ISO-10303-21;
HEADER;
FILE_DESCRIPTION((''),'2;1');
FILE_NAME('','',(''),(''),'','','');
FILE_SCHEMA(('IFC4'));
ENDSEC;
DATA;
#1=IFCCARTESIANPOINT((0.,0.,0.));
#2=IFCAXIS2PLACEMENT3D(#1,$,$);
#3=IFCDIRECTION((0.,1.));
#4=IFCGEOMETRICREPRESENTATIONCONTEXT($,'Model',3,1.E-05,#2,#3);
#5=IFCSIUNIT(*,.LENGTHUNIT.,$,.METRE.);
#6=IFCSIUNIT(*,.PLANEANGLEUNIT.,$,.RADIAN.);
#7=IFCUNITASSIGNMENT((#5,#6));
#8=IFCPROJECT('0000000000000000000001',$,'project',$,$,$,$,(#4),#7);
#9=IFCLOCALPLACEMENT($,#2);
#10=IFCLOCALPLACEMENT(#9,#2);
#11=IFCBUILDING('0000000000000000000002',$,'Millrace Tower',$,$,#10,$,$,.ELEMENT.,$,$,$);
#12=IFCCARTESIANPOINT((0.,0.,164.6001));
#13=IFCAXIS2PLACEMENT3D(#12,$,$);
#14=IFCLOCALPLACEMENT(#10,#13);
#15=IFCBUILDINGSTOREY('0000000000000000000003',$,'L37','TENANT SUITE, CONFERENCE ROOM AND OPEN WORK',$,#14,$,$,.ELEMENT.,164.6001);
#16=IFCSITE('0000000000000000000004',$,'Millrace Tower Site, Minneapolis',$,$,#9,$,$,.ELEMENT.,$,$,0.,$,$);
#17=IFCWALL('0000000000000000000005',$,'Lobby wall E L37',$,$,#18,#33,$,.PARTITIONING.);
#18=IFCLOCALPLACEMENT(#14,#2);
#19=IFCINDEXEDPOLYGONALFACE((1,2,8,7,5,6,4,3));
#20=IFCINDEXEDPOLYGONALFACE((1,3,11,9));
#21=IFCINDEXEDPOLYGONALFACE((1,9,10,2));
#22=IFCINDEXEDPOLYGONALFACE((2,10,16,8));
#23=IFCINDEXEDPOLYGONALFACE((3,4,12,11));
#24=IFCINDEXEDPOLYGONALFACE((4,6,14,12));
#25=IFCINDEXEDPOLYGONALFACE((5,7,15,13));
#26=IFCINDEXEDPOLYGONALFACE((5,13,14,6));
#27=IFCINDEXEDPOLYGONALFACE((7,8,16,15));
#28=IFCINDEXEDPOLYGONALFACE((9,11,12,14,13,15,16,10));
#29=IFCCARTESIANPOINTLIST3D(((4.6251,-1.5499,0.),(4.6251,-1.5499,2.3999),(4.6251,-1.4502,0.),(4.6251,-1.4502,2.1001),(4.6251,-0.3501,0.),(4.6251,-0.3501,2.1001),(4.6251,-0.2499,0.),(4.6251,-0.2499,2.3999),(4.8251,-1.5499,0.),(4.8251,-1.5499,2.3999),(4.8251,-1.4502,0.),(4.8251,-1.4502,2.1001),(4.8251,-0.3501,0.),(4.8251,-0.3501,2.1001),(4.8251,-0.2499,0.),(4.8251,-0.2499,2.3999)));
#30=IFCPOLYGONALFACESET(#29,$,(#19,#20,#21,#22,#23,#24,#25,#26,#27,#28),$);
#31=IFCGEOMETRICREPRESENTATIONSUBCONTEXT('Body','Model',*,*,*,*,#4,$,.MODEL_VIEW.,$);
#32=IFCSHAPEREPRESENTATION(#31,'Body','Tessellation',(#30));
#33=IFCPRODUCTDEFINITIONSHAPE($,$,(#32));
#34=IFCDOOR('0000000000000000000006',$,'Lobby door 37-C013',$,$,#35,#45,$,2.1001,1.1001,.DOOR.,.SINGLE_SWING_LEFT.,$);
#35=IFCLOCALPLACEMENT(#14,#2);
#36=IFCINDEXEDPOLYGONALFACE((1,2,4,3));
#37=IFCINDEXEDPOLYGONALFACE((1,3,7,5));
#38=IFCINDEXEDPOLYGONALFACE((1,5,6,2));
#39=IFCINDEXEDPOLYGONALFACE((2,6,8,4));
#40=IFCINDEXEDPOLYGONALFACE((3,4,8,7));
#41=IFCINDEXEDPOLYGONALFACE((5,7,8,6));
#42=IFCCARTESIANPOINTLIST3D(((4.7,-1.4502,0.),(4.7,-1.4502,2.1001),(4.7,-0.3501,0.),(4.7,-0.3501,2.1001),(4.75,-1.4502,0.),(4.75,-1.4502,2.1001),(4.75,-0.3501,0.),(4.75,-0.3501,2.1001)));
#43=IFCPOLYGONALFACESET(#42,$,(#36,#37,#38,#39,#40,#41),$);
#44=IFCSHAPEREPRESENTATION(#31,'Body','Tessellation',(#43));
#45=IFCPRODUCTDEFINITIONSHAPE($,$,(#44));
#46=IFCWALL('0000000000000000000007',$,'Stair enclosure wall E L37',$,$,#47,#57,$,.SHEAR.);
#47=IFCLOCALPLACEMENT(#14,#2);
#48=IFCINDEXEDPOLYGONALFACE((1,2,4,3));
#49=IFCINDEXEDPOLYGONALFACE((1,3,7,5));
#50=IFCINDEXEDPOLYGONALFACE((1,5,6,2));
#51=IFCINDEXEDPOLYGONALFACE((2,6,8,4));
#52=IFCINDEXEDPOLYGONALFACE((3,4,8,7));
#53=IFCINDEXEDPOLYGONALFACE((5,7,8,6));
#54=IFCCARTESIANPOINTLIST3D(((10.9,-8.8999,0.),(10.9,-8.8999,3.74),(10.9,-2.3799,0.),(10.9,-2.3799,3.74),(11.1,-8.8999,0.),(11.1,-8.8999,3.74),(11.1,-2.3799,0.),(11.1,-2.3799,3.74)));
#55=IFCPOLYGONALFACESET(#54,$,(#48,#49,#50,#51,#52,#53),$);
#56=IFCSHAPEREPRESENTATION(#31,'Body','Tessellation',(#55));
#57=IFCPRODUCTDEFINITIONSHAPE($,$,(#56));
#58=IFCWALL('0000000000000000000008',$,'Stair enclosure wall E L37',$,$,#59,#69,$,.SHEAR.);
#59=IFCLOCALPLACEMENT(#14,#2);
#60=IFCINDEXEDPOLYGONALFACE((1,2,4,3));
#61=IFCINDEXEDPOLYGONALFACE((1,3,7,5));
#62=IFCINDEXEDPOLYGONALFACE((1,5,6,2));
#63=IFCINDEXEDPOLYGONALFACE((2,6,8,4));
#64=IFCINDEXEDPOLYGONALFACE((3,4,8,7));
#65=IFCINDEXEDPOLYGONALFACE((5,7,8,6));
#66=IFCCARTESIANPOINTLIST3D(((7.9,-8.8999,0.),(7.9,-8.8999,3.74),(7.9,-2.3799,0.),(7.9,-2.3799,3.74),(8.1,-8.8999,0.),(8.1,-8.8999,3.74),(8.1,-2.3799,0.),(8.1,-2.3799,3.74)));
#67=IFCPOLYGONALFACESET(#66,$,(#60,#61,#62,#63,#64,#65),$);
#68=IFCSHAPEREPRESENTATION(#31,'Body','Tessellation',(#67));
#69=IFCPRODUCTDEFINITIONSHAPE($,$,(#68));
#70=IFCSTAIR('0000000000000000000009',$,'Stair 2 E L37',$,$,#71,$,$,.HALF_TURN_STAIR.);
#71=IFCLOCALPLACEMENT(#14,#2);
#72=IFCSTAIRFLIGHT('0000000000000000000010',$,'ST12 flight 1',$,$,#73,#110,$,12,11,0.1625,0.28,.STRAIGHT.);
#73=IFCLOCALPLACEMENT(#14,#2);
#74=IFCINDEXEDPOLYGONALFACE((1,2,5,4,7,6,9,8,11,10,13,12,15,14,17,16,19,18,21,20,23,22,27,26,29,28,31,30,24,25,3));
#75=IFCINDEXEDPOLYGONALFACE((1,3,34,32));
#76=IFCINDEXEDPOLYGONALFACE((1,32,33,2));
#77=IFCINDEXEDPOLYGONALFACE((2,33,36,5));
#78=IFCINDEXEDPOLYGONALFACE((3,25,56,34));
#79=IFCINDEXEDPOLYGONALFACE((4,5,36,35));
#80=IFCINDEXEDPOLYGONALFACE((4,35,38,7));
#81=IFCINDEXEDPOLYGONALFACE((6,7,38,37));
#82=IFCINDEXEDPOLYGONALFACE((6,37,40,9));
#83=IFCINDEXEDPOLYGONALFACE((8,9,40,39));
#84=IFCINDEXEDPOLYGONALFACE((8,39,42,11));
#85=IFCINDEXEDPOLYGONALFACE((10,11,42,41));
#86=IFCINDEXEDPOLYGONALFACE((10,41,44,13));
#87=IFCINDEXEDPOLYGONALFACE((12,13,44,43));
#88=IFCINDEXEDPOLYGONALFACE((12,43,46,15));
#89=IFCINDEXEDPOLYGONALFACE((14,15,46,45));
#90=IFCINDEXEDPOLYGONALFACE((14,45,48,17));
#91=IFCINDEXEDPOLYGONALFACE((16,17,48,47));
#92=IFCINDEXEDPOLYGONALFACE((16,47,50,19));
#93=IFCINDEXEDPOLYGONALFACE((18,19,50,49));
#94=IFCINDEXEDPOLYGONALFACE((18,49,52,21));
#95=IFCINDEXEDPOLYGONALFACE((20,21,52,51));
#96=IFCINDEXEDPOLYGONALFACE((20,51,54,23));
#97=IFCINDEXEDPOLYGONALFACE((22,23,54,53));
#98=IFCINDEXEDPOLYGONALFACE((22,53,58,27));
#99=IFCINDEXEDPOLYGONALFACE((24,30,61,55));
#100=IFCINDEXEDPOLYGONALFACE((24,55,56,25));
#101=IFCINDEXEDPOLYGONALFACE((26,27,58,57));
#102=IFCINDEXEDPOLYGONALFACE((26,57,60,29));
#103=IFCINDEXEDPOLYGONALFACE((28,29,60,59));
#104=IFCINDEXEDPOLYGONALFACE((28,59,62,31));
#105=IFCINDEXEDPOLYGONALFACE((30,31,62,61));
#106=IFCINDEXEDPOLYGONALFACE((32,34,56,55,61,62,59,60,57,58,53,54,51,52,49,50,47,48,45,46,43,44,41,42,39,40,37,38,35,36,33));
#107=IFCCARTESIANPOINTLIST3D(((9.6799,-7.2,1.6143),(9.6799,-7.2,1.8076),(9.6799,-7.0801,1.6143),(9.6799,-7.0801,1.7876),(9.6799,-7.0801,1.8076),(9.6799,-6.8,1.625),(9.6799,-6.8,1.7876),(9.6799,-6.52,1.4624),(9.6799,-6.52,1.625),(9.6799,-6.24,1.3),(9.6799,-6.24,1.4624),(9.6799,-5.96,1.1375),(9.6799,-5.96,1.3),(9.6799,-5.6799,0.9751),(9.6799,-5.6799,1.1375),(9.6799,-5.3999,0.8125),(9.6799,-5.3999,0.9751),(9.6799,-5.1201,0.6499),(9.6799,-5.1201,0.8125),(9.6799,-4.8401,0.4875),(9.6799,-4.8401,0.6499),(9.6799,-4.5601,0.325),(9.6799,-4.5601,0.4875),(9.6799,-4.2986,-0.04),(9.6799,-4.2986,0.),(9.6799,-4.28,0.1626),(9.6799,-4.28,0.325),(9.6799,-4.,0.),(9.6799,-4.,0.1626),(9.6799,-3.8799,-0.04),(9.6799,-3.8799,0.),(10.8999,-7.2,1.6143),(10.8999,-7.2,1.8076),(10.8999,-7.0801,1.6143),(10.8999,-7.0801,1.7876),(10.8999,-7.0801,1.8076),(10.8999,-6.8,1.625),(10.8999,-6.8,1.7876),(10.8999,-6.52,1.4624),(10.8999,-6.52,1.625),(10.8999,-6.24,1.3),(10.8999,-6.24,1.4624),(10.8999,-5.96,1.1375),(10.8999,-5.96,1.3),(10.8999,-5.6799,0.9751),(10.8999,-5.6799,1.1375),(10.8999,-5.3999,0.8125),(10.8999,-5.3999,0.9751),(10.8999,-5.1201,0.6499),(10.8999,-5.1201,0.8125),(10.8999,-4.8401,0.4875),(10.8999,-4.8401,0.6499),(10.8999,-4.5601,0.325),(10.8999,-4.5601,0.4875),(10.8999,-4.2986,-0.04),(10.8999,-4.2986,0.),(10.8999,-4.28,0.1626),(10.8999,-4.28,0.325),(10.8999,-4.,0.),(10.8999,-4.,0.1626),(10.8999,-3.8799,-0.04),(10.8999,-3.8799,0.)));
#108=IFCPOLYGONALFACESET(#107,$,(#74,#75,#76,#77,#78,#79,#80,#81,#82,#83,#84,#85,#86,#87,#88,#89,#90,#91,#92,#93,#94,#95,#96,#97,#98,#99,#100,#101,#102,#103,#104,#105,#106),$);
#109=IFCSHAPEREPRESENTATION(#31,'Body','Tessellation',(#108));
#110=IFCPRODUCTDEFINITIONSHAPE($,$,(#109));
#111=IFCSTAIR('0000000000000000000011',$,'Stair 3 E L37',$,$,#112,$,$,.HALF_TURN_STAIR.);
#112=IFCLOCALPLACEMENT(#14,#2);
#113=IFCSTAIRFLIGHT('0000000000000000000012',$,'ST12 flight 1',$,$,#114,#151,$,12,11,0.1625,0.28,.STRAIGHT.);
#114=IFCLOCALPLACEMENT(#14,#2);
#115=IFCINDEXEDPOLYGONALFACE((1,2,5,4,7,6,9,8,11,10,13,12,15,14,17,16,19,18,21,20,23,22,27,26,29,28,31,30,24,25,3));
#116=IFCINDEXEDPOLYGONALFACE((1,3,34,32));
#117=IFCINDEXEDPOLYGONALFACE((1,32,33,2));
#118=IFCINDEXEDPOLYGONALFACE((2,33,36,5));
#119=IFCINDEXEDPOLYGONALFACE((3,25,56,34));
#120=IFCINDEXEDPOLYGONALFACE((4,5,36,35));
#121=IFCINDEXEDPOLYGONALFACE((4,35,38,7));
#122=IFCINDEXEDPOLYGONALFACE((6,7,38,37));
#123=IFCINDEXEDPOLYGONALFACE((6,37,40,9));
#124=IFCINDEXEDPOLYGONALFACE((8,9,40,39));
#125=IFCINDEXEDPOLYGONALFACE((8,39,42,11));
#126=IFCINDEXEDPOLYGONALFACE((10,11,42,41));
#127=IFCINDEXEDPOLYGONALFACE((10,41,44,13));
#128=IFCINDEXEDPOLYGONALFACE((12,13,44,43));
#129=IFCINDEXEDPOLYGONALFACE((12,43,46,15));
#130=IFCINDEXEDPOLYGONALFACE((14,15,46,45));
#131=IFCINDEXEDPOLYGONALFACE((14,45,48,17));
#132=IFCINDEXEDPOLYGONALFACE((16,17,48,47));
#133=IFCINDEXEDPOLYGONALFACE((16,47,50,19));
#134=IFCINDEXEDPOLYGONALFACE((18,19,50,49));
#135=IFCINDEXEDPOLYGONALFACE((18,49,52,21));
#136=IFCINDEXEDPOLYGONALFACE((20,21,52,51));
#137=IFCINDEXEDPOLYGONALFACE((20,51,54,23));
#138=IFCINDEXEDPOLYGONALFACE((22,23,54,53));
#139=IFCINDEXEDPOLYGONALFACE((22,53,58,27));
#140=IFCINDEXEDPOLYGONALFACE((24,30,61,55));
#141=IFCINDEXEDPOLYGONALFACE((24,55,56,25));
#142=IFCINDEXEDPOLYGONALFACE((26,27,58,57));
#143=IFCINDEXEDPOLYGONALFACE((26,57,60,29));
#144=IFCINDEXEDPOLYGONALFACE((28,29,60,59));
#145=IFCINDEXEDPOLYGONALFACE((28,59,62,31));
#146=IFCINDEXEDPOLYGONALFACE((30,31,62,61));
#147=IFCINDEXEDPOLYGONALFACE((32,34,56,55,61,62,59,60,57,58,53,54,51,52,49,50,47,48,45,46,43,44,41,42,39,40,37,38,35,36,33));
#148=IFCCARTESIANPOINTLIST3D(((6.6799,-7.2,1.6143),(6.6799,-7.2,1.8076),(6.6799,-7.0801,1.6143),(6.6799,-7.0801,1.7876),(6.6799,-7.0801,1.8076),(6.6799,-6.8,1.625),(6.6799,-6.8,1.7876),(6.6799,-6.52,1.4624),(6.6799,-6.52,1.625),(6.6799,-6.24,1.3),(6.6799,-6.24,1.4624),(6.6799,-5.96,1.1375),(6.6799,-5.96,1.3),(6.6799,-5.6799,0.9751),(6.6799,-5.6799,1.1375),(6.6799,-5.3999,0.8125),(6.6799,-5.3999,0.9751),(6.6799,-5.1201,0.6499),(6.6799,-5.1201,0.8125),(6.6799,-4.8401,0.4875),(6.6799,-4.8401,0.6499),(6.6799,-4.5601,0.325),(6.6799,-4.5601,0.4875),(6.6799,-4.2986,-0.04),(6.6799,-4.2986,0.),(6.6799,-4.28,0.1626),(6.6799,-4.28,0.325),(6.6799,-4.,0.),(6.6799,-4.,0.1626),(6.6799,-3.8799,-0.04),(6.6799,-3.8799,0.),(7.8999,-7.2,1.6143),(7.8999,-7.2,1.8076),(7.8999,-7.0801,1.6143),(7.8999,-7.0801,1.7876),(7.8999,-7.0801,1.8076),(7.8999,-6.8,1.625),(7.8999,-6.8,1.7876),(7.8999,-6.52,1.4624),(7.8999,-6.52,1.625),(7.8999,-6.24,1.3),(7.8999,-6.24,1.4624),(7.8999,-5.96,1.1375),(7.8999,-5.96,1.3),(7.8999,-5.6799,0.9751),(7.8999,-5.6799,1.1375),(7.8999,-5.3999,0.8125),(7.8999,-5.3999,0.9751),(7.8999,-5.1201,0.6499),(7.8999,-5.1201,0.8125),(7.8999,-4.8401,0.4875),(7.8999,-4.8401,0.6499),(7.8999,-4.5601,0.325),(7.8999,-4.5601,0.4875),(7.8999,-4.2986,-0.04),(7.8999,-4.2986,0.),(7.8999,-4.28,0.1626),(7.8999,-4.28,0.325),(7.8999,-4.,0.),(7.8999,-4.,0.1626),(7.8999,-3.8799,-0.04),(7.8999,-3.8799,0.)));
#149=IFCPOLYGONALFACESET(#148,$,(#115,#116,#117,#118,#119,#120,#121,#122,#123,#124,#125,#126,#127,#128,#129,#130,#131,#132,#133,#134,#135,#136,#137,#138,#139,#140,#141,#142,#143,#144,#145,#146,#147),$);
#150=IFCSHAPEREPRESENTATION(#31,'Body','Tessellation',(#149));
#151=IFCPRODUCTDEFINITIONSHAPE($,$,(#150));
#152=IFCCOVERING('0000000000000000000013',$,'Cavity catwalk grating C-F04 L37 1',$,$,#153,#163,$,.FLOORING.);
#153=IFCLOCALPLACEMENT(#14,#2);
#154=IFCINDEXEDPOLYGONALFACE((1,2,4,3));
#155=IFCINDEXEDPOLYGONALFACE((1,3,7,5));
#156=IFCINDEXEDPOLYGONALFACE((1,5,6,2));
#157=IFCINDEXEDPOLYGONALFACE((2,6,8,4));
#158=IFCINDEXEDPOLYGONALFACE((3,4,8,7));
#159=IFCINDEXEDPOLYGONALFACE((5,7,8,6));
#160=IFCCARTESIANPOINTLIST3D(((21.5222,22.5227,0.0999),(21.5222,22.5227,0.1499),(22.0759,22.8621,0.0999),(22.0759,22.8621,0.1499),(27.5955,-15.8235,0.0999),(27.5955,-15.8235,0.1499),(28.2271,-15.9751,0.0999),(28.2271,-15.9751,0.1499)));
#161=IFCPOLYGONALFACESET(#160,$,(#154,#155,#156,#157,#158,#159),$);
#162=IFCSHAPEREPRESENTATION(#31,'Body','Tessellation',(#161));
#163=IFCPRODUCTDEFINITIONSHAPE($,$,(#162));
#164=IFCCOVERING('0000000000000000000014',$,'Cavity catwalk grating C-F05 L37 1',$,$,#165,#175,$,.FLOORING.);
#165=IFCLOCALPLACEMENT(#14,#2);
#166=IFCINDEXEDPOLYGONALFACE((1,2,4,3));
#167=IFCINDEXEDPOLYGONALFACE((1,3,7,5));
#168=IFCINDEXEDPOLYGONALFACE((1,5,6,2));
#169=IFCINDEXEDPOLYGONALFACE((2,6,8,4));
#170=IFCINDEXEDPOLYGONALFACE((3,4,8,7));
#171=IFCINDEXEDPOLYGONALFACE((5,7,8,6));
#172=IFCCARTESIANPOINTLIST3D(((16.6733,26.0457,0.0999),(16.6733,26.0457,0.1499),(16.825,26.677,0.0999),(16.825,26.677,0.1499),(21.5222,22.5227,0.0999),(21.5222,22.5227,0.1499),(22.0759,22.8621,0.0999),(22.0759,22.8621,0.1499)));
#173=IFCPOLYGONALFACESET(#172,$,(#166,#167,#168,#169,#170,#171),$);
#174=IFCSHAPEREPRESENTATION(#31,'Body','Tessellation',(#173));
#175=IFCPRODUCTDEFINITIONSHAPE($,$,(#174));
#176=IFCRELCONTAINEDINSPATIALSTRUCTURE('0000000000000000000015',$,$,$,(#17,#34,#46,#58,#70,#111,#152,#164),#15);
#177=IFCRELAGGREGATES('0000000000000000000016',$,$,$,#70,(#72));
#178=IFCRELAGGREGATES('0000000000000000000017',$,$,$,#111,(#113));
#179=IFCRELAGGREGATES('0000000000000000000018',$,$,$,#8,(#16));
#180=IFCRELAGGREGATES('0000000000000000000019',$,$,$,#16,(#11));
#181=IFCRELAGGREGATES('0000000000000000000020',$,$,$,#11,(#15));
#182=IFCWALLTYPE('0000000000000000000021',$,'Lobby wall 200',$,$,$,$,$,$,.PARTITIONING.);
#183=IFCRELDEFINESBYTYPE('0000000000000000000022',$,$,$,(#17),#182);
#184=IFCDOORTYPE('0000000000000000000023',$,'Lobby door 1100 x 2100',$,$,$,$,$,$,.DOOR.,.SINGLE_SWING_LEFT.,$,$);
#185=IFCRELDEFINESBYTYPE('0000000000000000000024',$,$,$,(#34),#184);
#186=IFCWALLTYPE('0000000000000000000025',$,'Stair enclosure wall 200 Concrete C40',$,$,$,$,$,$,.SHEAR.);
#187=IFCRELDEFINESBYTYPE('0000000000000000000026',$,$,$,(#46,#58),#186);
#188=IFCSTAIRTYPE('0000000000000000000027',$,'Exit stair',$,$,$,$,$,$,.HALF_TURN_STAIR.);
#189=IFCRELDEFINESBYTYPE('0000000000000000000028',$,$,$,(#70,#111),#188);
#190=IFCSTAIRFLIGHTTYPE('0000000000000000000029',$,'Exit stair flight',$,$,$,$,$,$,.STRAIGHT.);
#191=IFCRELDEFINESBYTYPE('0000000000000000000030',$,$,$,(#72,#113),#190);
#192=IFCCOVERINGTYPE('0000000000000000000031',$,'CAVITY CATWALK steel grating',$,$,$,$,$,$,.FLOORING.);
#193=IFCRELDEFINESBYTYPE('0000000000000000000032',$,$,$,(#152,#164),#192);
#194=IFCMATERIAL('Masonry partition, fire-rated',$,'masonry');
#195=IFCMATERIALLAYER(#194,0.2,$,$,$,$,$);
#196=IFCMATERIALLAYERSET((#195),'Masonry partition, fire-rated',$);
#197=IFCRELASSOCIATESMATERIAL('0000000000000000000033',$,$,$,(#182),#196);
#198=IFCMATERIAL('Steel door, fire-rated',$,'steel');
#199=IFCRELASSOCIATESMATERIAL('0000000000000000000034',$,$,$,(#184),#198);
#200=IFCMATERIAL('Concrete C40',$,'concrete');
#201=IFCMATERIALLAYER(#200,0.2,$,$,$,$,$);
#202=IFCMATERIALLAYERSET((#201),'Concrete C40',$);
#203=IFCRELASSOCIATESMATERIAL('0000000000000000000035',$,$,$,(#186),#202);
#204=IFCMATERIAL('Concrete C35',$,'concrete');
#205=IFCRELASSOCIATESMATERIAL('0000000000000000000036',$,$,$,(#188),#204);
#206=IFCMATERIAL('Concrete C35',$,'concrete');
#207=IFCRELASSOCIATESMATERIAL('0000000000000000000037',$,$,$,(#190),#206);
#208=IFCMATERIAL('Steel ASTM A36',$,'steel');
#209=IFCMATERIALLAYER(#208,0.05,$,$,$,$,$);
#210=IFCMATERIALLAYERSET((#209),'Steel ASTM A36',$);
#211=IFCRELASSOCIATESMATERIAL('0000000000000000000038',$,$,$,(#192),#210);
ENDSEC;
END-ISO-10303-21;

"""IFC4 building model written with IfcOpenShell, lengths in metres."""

from ifc_helpers import new_model, si_unit, direction, frame, frame_2d, origin, place, context, subcontext, project, spatial, polyline, rectangle, outline, extrude, material, layer, layer_set, type_object, element, fill, aggregate, save


model = new_model("IFC4")

# Units and contexts
model_context = context("Model", 3, precision=1e-05, world=origin(), true_north=direction((0.0, 1.0)))
body_context = subcontext(model_context, "Body", "Model", "MODEL_VIEW")
ifc_project = project(units=[si_unit("LENGTHUNIT", "METRE"), si_unit("PLANEANGLEUNIT", "RADIAN")], contexts=[model_context])

# Site, building, storey
site_placement = place(None, origin())
site = spatial("IfcSite", under=ifc_project, at=site_placement, Name="Millrace Tower Site, Minneapolis", CompositionType="ELEMENT", RefElevation=0.0)
building_placement = place(site_placement, origin())
building = spatial("IfcBuilding", under=site, at=building_placement, Name="Millrace Tower", CompositionType="ELEMENT")
storey_placement = place(building_placement, frame((0.0, 0.0, 164.6001)))
storey = spatial("IfcBuildingStorey", under=building, at=storey_placement, Name="L37", Description="TENANT SUITE, CONFERENCE ROOM AND OPEN WORK", CompositionType="ELEMENT", Elevation=164.6001)

# Shared definitions
placement_1 = place(storey_placement, origin())

# Wall, opening, door
ifc_material_1 = material(Name="Masonry partition, fire-rated", Category="masonry")
ifc_layer_1 = layer(ifc_material_1, 0.2)
ifc_layer_set_1 = layer_set([ifc_layer_1], Name="Masonry partition, fire-rated")
wall_type_1 = type_object("IfcWallType", Name="Lobby wall 200", PredefinedType="PARTITIONING", material=ifc_layer_set_1)
wall_1_placement = place(storey_placement, frame((4.7251, -0.25, 0.0), z_axis=(0.0, 0.0, 1.0), x_axis=(0.0, -1.0, 0.0)))
wall_1 = element("IfcWall", 1, at=wall_1_placement, inside=storey, type_object=wall_type_1, Name="Lobby wall E L37", PredefinedType="PARTITIONING", context=body_context, shape_type="SweptSolid", body=[
    extrude(rectangle(XDim=1.3, YDim=0.2, at=frame_2d((0.6499, 0.0))), origin(), (0.0, 0.0, 1.0), 2.3999),
])
opening_1_placement = place(wall_1_placement, frame((0.1001, 0.0, 0.0)))
opening_1 = element("IfcOpeningElement", 2, at=opening_1_placement, cuts=wall_1, PredefinedType="OPENING", context=body_context, shape_type="SweptSolid", body=[
    extrude(rectangle(XDim=1.1001, YDim=2.1001, at=frame_2d((0.55, 1.05))), frame((0.0, 0.1099, 0.0), z_axis=(0.0, -1.0, 0.0), x_axis=(1.0, 0.0, 0.0)), (0.0, 0.0, 1.0), 0.22),
])
ifc_material_2 = material(Name="Steel door, fire-rated", Category="steel")
door_type_1 = type_object("IfcDoorType", Name="Lobby door 1100 x 2100", OperationType="SINGLE_SWING_LEFT", PredefinedType="DOOR", material=ifc_material_2)
door_1_placement = place(opening_1_placement, origin())
door_1 = element("IfcDoor", 3, at=door_1_placement, inside=storey, type_object=door_type_1, Name="Lobby door 37-C013", OperationType="SINGLE_SWING_LEFT", OverallHeight=2.1001, OverallWidth=1.1001, PredefinedType="DOOR", context=body_context, shape_type="SweptSolid", body=[
    extrude(rectangle(XDim=1.1001, YDim=2.1001, at=frame_2d((0.55, 1.05))), frame((0.0, 0.0249, 0.0), z_axis=(0.0, -1.0, 0.0), x_axis=(1.0, 0.0, 0.0)), (0.0, 0.0, 1.0), 0.05),
])
fill(opening_1, door_1)

# Walls
ifc_material_3 = material(Name="Concrete C40", Category="concrete")
ifc_layer_2 = layer(ifc_material_3, 0.2)
ifc_layer_set_2 = layer_set([ifc_layer_2], Name="Concrete C40")
wall_type_2 = type_object("IfcWallType", Name="Stair enclosure wall 200 Concrete C40", PredefinedType="SHEAR", material=ifc_layer_set_2)
for number, where, z_axis, x_axis, name in (
    (4, (11.0, -2.3799, 0.0), (0.0, 0.0, 1.0), (0.0, -1.0, 0.0), "Stair enclosure wall E L37"),
    (5, (8.0, -2.3799, 0.0), (0.0, 0.0, 1.0), (0.0, -1.0, 0.0), "Stair enclosure wall E L37"),
):
    element("IfcWall", number, at=place(storey_placement, frame(where, z_axis=z_axis, x_axis=x_axis)), inside=storey, type_object=wall_type_2, Name=name, PredefinedType="SHEAR", context=body_context, shape_type="SweptSolid", body=[
        extrude(rectangle(XDim=6.52, YDim=0.2, at=frame_2d((3.26, 0.0))), origin(), (0.0, 0.0, 1.0), 3.74),
    ])

# Stairs, stair flights
ifc_material_4 = material(Name="Concrete C35", Category="concrete")
stair_type = type_object("IfcStairType", Name="Exit stair", PredefinedType="HALF_TURN_STAIR", material=ifc_material_4)
stair_1 = element("IfcStair", 6, at=placement_1, inside=storey, type_object=stair_type, Name="Stair 2 E L37", PredefinedType="HALF_TURN_STAIR")
ifc_material_5 = material(Name="Concrete C35", Category="concrete")
stair_flight_type = type_object("IfcStairFlightType", Name="Exit stair flight", PredefinedType="STRAIGHT", material=ifc_material_5)
stair_flight_1_placement = place(storey_placement, frame((10.29, -4.0, 0.0), z_axis=(0.0, 0.0, 1.0), x_axis=(0.0, -1.0, 0.0)))
stair_flight_1 = element("IfcStairFlight", 7, at=stair_flight_1_placement, type_object=stair_flight_type, Name="ST12 flight 1", NumberOfRisers=12, NumberOfTreads=11, PredefinedType="STRAIGHT", RiserHeight=0.1625, TreadLength=0.28, context=body_context, shape_type="SweptSolid", body=[
    extrude(outline(polyline([(-0.1201, -0.04), (-0.1201, 0.0), (0.0, 0.0), (0.0, 0.1626), (0.28, 0.1626), (0.28, 0.325), (0.5601, 0.325), (0.5601, 0.4875), (0.8401, 0.4875), (0.8401, 0.6499), (1.1201, 0.6499), (1.1201, 0.8125), (1.3999, 0.8125), (1.3999, 0.9751), (1.6799, 0.9751), (1.6799, 1.1375), (1.96, 1.1375), (1.96, 1.3), (2.24, 1.3), (2.24, 1.4624), (2.52, 1.4624), (2.52, 1.625), (2.8, 1.625), (2.8, 1.7876), (3.0801, 1.7876), (3.0801, 1.8076), (3.2, 1.8076), (3.2, 1.6143), (3.0801, 1.6143), (0.2986, 0.0), (0.2986, -0.04), (-0.1201, -0.04)])), frame((0.0, 0.6099, 0.0), z_axis=(0.0, -1.0, 0.0), x_axis=(1.0, 0.0, 0.0)), (0.0, 0.0, 1.0), 1.22),
])
aggregate(stair_1, [stair_flight_1])
stair_2 = element("IfcStair", 8, at=placement_1, inside=storey, type_object=stair_type, Name="Stair 3 E L37", PredefinedType="HALF_TURN_STAIR")
stair_flight_2_placement = place(storey_placement, frame((7.29, -4.0, 0.0), z_axis=(0.0, 0.0, 1.0), x_axis=(0.0, -1.0, 0.0)))
stair_flight_2 = element("IfcStairFlight", 9, at=stair_flight_2_placement, type_object=stair_flight_type, Name="ST12 flight 1", NumberOfRisers=12, NumberOfTreads=11, PredefinedType="STRAIGHT", RiserHeight=0.1625, TreadLength=0.28, context=body_context, shape_type="SweptSolid", body=[
    extrude(outline(polyline([(-0.1201, -0.04), (-0.1201, 0.0), (0.0, 0.0), (0.0, 0.1626), (0.28, 0.1626), (0.28, 0.325), (0.5601, 0.325), (0.5601, 0.4875), (0.8401, 0.4875), (0.8401, 0.6499), (1.1201, 0.6499), (1.1201, 0.8125), (1.3999, 0.8125), (1.3999, 0.9751), (1.6799, 0.9751), (1.6799, 1.1375), (1.96, 1.1375), (1.96, 1.3), (2.24, 1.3), (2.24, 1.4624), (2.52, 1.4624), (2.52, 1.625), (2.8, 1.625), (2.8, 1.7876), (3.0801, 1.7876), (3.0801, 1.8076), (3.2, 1.8076), (3.2, 1.6143), (3.0801, 1.6143), (0.2986, 0.0), (0.2986, -0.04), (-0.1201, -0.04)])), frame((0.0, 0.6099, 0.0), z_axis=(0.0, -1.0, 0.0), x_axis=(1.0, 0.0, 0.0)), (0.0, 0.0, 1.0), 1.22),
])
aggregate(stair_2, [stair_flight_2])

# Coverings
ifc_material_6 = material(Name="Steel ASTM A36", Category="steel")
ifc_layer_3 = layer(ifc_material_6, 0.05)
ifc_layer_set_3 = layer_set([ifc_layer_3], Name="Steel ASTM A36")
covering_type = type_object("IfcCoveringType", Name="CAVITY CATWALK steel grating", PredefinedType="FLOORING", material=ifc_layer_set_3)
placement_2 = place(storey_placement, frame((0.0, 0.0, 0.0999)))
element("IfcCovering", 10, at=placement_2, inside=storey, type_object=covering_type, Name="Cavity catwalk grating C-F04 L37 1", PredefinedType="FLOORING", context=body_context, shape_type="SweptSolid", body=[
    extrude(outline(polyline([(28.2271, -15.9751), (22.0759, 22.8621), (21.5222, 22.5227), (27.5955, -15.8235), (28.2271, -15.9751)])), origin(), (0.0, 0.0, 1.0), 0.05),
])
element("IfcCovering", 11, at=placement_2, inside=storey, type_object=covering_type, Name="Cavity catwalk grating C-F05 L37 1", PredefinedType="FLOORING", context=body_context, shape_type="SweptSolid", body=[
    extrude(outline(polyline([(22.0759, 22.8621), (16.825, 26.677), (16.6733, 26.0457), (21.5222, 22.5227), (22.0759, 22.8621)])), origin(), (0.0, 0.0, 1.0), 0.05),
])

save(model, "model.ifc")
